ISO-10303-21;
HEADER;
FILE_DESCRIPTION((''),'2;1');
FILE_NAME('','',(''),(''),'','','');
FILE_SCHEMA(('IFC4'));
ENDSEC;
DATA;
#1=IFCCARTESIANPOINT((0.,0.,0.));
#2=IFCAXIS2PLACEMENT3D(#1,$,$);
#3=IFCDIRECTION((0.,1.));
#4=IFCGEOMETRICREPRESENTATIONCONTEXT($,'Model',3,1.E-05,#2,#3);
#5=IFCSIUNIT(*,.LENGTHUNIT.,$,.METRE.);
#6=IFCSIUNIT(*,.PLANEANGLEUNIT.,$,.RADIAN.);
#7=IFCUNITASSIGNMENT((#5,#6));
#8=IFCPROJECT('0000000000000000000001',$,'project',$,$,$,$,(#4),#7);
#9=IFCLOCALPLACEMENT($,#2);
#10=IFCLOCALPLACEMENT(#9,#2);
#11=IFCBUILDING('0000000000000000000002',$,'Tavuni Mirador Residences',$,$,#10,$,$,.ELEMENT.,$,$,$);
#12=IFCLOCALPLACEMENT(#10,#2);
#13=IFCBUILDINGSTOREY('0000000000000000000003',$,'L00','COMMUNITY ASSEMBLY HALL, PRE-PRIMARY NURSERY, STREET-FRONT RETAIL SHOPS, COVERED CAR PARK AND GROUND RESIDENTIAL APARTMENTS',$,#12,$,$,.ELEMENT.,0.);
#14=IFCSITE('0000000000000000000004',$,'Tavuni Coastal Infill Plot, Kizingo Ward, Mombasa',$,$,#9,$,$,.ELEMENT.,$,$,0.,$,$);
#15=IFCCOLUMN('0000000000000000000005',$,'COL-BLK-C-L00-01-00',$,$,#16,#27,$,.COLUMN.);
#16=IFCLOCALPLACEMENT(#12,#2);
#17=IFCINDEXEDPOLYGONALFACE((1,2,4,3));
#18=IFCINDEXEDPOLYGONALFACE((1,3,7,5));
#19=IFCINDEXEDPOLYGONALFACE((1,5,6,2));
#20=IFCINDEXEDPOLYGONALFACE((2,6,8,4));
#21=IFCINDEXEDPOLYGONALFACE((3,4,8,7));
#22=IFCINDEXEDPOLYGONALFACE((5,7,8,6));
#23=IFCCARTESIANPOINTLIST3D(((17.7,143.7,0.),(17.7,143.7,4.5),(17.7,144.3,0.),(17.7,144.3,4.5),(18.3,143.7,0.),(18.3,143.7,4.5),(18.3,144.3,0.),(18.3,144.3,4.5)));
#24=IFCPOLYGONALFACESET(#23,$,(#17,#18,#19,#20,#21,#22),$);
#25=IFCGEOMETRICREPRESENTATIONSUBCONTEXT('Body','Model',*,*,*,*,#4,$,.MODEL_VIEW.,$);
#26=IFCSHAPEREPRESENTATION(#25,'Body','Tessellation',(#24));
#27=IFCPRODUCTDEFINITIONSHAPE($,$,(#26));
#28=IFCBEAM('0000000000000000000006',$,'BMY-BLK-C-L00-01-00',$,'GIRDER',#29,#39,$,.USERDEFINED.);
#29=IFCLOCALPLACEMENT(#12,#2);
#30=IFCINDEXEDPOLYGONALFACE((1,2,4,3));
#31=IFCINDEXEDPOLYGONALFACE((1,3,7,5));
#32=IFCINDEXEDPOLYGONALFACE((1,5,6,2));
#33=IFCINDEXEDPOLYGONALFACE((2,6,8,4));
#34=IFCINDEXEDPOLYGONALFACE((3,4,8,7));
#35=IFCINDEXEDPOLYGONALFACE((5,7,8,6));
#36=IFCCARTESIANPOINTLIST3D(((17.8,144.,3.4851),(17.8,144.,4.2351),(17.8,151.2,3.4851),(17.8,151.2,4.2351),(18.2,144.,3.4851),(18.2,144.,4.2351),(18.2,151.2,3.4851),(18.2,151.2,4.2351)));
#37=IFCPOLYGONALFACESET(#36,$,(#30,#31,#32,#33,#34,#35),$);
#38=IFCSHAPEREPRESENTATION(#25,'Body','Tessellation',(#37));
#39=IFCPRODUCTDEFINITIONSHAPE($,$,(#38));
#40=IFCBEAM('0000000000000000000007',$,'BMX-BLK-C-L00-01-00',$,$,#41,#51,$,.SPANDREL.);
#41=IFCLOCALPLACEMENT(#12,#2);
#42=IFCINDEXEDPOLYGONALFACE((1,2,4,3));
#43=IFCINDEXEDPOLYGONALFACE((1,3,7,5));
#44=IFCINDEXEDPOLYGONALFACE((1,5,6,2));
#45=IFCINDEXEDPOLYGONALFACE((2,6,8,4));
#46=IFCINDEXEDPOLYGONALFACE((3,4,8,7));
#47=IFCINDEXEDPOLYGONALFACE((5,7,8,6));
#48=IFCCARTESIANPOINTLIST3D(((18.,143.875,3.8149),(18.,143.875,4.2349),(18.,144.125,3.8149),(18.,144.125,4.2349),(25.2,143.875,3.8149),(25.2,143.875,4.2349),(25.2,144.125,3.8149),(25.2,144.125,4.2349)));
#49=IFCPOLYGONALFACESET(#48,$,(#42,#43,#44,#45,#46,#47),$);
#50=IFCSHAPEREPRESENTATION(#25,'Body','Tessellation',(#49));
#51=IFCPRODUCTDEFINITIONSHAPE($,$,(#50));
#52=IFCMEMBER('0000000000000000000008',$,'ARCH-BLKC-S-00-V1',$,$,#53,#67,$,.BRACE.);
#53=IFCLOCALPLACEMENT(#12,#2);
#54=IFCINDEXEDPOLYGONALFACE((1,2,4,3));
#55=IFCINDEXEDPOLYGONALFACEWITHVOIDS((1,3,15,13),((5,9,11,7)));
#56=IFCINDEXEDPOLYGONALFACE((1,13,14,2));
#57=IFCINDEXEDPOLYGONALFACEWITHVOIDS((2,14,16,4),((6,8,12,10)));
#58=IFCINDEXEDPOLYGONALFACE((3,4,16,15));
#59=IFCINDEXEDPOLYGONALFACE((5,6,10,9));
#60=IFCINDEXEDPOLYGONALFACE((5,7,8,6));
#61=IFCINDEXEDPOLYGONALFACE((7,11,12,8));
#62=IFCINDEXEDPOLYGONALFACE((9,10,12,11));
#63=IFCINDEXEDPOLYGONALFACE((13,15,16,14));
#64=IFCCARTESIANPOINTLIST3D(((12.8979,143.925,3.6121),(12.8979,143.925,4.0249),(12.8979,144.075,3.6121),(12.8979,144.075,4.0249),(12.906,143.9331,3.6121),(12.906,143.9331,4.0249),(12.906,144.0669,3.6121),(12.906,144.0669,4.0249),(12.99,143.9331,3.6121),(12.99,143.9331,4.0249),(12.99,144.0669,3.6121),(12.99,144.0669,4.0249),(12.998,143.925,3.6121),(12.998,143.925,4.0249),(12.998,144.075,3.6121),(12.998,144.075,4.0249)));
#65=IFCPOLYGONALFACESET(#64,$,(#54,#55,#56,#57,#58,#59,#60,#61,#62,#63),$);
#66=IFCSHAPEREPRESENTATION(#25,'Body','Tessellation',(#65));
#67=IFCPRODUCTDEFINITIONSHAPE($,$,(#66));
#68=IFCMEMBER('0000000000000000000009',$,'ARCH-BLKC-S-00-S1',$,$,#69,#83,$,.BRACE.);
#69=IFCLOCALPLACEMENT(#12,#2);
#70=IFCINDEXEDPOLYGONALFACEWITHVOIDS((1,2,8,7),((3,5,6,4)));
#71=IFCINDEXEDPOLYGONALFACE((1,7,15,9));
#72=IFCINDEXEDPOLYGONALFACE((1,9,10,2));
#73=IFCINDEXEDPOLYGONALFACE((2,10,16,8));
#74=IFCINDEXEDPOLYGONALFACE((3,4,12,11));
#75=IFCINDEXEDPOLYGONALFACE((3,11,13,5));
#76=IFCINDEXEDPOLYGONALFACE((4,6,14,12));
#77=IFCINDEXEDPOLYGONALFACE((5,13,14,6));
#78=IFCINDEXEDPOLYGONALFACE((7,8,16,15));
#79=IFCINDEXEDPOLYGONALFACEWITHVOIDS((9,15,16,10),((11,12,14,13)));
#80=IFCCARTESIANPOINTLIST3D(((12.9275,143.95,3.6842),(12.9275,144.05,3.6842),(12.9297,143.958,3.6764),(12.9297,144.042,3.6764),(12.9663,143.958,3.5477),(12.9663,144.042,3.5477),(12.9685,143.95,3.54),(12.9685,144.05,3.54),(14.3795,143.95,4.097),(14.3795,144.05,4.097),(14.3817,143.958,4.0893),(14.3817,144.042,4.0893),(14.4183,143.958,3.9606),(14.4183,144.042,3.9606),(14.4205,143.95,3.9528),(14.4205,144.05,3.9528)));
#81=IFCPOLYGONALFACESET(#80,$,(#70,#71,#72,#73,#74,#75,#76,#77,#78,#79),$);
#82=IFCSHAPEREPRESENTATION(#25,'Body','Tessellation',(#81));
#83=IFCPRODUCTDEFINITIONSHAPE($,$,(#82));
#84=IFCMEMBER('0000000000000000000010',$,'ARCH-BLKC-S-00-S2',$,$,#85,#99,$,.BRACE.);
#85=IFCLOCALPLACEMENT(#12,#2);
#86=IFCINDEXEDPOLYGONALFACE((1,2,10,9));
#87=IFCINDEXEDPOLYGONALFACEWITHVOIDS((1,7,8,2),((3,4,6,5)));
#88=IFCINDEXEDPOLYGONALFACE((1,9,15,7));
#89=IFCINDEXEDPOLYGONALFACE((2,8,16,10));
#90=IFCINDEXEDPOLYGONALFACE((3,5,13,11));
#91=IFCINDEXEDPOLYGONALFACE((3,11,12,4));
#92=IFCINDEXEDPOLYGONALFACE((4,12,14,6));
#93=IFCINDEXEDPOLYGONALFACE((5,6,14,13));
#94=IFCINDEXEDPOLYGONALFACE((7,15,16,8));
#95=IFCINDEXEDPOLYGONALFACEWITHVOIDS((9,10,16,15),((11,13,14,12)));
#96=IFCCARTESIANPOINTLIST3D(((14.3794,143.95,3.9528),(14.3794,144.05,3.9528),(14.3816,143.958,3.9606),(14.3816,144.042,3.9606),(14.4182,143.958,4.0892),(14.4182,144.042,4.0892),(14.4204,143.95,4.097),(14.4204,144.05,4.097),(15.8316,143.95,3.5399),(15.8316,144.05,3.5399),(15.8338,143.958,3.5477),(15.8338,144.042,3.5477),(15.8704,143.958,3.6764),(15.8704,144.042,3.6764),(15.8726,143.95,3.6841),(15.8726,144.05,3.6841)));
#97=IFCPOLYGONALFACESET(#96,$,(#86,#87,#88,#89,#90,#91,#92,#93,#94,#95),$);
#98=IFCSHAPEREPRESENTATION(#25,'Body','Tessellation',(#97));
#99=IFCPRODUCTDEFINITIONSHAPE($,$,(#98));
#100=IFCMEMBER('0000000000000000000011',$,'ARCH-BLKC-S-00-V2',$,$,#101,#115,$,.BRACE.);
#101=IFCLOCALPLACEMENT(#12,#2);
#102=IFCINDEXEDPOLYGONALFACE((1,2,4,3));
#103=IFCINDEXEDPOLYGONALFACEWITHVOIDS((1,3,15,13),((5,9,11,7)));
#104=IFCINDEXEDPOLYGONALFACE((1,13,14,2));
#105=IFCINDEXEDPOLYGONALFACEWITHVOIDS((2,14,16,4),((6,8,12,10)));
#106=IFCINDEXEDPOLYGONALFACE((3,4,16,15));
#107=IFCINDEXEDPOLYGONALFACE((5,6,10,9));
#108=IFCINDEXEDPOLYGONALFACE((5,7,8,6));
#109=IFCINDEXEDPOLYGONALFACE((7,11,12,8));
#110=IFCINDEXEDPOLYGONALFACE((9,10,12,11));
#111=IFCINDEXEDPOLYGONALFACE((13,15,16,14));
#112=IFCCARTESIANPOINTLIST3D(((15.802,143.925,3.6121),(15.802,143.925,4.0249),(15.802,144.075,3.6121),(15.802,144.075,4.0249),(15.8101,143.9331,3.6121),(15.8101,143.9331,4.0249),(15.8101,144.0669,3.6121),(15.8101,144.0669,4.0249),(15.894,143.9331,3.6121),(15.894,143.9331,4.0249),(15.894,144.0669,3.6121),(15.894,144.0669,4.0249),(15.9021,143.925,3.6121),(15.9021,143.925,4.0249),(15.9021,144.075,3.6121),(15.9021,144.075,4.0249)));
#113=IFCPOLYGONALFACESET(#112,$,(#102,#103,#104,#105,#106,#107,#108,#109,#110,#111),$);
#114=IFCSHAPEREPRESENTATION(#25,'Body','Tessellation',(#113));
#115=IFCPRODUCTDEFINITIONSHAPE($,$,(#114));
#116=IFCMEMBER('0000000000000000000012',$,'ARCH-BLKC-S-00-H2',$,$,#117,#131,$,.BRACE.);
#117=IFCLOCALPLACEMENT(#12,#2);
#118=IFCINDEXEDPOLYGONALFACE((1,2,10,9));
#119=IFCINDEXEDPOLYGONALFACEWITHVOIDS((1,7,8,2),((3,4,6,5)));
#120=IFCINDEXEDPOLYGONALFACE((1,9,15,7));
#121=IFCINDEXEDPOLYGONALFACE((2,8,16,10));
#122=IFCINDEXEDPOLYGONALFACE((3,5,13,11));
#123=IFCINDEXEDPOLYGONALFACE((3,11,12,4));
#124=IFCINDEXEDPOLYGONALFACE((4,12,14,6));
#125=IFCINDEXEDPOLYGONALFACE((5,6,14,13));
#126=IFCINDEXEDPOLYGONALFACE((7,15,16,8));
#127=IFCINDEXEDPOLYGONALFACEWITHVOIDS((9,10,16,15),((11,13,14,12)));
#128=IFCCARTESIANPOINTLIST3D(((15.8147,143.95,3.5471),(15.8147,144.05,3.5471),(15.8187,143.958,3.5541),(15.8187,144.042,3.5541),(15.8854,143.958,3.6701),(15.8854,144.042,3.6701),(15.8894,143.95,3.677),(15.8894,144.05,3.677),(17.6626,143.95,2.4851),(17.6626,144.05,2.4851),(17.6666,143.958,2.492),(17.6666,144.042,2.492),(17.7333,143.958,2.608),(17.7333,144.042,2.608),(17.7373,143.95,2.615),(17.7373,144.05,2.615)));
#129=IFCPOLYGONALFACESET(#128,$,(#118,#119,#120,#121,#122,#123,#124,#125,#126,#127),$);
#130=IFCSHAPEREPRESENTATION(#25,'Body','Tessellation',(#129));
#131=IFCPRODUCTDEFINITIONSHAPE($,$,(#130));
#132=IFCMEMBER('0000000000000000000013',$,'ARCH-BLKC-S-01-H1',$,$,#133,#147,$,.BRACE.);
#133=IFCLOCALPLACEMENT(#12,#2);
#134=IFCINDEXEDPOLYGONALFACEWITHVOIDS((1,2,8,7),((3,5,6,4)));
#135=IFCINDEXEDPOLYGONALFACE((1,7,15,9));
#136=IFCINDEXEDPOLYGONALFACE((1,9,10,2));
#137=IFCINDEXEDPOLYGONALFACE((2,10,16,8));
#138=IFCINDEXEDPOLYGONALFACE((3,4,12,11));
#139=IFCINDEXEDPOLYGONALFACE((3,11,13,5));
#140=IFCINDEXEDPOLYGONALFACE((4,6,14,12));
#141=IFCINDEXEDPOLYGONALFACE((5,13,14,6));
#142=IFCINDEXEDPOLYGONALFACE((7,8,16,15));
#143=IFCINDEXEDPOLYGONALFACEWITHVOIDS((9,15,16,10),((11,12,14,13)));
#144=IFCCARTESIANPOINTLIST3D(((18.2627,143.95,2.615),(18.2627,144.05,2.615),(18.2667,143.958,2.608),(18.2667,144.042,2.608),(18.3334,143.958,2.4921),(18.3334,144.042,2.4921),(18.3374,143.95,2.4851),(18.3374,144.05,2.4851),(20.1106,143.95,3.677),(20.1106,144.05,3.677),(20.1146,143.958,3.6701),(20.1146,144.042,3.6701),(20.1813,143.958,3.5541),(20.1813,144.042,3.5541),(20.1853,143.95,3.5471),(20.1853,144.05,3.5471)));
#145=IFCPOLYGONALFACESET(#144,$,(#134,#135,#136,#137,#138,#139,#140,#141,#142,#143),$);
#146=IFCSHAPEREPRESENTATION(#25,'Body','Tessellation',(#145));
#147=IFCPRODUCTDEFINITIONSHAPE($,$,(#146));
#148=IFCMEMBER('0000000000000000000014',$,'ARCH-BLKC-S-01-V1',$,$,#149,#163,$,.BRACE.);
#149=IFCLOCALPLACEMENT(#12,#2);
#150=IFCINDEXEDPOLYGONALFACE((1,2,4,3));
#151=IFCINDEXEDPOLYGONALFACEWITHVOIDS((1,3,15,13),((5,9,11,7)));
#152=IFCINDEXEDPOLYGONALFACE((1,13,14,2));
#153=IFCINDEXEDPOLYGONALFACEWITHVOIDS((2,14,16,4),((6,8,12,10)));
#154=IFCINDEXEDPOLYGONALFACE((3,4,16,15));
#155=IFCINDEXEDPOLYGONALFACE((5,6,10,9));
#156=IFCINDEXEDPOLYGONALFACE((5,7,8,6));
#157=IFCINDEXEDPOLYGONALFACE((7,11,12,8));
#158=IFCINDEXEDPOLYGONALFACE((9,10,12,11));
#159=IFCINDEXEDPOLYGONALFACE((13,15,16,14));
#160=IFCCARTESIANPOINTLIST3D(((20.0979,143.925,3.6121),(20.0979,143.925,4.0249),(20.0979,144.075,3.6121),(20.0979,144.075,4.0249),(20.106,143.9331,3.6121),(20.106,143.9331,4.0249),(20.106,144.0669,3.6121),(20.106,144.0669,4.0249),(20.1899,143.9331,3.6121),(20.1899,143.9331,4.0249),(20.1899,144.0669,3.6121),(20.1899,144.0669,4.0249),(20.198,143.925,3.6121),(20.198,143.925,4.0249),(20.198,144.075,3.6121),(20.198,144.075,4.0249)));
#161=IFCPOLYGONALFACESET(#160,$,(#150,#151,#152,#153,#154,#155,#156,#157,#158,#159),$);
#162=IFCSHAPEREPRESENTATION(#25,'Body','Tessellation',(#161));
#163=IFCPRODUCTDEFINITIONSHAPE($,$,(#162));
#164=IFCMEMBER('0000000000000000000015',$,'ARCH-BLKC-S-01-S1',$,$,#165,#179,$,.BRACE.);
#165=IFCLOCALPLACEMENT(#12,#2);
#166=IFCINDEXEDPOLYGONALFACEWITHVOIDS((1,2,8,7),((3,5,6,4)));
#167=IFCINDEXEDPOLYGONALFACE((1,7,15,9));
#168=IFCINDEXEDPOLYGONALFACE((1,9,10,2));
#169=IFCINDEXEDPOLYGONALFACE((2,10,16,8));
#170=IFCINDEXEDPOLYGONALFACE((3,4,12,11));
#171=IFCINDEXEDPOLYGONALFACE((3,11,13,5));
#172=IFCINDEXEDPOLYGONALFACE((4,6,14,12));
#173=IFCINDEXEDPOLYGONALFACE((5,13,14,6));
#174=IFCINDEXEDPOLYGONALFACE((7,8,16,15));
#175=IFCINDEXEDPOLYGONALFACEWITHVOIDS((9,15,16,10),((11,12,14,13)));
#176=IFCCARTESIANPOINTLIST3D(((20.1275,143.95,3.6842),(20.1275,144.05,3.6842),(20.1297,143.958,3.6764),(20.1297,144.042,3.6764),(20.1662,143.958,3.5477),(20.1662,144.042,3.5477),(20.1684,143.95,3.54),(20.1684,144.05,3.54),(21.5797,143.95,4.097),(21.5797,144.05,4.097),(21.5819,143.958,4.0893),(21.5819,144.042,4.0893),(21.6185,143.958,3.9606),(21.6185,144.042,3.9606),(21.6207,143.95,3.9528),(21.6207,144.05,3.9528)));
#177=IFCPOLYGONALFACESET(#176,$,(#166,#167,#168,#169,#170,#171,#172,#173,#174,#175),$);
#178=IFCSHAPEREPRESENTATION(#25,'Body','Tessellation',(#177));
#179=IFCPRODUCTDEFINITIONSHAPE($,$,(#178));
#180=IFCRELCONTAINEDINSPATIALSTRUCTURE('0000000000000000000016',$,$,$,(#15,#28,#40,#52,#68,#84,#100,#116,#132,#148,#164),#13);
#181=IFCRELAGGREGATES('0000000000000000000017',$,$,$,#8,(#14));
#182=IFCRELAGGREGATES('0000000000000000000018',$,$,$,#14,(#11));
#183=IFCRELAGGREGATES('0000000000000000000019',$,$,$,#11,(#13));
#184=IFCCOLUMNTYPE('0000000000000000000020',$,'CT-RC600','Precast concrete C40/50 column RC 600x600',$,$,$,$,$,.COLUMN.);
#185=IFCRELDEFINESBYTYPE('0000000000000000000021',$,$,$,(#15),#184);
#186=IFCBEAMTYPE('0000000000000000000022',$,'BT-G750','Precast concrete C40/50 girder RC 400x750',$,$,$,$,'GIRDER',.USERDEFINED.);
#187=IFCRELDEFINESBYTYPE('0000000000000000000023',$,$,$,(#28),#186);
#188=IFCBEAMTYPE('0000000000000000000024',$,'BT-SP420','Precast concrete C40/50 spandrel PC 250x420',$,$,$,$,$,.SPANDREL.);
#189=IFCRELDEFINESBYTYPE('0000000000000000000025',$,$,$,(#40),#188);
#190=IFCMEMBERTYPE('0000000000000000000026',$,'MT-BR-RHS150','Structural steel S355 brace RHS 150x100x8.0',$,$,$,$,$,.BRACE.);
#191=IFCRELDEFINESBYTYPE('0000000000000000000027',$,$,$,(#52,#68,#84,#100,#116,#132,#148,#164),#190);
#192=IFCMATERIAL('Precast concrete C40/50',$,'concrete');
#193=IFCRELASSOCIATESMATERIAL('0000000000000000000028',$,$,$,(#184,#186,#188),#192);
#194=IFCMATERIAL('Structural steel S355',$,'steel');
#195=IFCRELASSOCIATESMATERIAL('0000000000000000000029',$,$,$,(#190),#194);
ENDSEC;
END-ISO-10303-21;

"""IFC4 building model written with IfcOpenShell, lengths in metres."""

from ifc_helpers import new_model, si_unit, direction, frame, origin, origin_2d, place, context, subcontext, project, spatial, rectangle, hollow_rectangle, extrude, material, material_profile, profile_set, type_object, element, save


model = new_model("IFC4")

# Units and contexts
model_context = context("Model", 3, precision=1e-05, world=origin(), true_north=direction((0.0, 1.0)))
body_context = subcontext(model_context, "Body", "Model", "MODEL_VIEW")
ifc_project = project(units=[si_unit("LENGTHUNIT", "METRE"), si_unit("PLANEANGLEUNIT", "RADIAN")], contexts=[model_context])

# Site, building, storey
site_placement = place(None, origin())
site = spatial("IfcSite", under=ifc_project, at=site_placement, Name="Tavuni Coastal Infill Plot, Kizingo Ward, Mombasa", CompositionType="ELEMENT", RefElevation=0.0)
building_placement = place(site_placement, origin())
building = spatial("IfcBuilding", under=site, at=building_placement, Name="Tavuni Mirador Residences", CompositionType="ELEMENT")
storey_placement = place(building_placement, origin())
storey = spatial("IfcBuildingStorey", under=building, at=storey_placement, Name="L00", Description="COMMUNITY ASSEMBLY HALL, PRE-PRIMARY NURSERY, STREET-FRONT RETAIL SHOPS, COVERED CAR PARK AND GROUND RESIDENTIAL APARTMENTS", CompositionType="ELEMENT", Elevation=0.0)

# Column
ifc_material_1 = material(Name="Precast concrete C40/50", Category="concrete")
ifc_material_profile_1 = material_profile(ifc_material_1, rectangle(XDim=0.6001, YDim=0.6001, at=origin_2d()), Name="RC 600x600", Category="concrete")
ifc_profile_set_1 = profile_set([ifc_material_profile_1], Name="Precast concrete C40/50")
column_type = type_object("IfcColumnType", Name="CT-RC600", Description="Precast concrete C40/50 column RC 600x600", PredefinedType="COLUMN", material=ifc_profile_set_1)
column_placement = place(storey_placement, frame((18.0, 144.0, 0.0), z_axis=(0.0, 0.0, 1.0), x_axis=(1.0, 0.0, 0.0)))
element("IfcColumn", 1, at=column_placement, inside=storey, type_object=column_type, Name="COL-BLK-C-L00-01-00", PredefinedType="COLUMN", context=body_context, shape_type="SweptSolid", body=[
    extrude(rectangle(XDim=0.6001, YDim=0.6001, at=origin_2d()), origin(), (0.0, 0.0, 1.0), 4.5),
])

# Beams
ifc_material_profile_2 = material_profile(ifc_material_1, rectangle(XDim=0.3999, YDim=0.75, at=origin_2d()), Name="RC 400x750", Category="concrete")
ifc_profile_set_2 = profile_set([ifc_material_profile_2], Name="Precast concrete C40/50")
beam_type_1 = type_object("IfcBeamType", Name="BT-G750", Description="Precast concrete C40/50 girder RC 400x750", ElementType="GIRDER", PredefinedType="USERDEFINED", material=ifc_profile_set_2)
beam_1_placement = place(storey_placement, frame((18.0, 144.0, 3.8601), z_axis=(0.0, 1.0, 0.0), x_axis=(-1.0, 0.0, 0.0)))
element("IfcBeam", 2, at=beam_1_placement, inside=storey, type_object=beam_type_1, Name="BMY-BLK-C-L00-01-00", ObjectType="GIRDER", PredefinedType="USERDEFINED", context=body_context, shape_type="SweptSolid", body=[
    extrude(rectangle(XDim=0.3999, YDim=0.75, at=origin_2d()), origin(), (0.0, 0.0, 1.0), 7.2),
])
ifc_material_profile_3 = material_profile(ifc_material_1, rectangle(XDim=0.25, YDim=0.4199, at=origin_2d()), Name="PC 250x420", Category="concrete")
ifc_profile_set_3 = profile_set([ifc_material_profile_3], Name="Precast concrete C40/50")
beam_type_2 = type_object("IfcBeamType", Name="BT-SP420", Description="Precast concrete C40/50 spandrel PC 250x420", PredefinedType="SPANDREL", material=ifc_profile_set_3)
beam_2_placement = place(storey_placement, frame((18.0, 144.0, 4.0249), z_axis=(1.0, 0.0, 0.0), x_axis=(0.0, 1.0, 0.0)))
element("IfcBeam", 3, at=beam_2_placement, inside=storey, type_object=beam_type_2, Name="BMX-BLK-C-L00-01-00", PredefinedType="SPANDREL", context=body_context, shape_type="SweptSolid", body=[
    extrude(rectangle(XDim=0.25, YDim=0.4199, at=origin_2d()), origin(), (0.0, 0.0, 1.0), 7.2),
])

# Members
ifc_material_2 = material(Name="Structural steel S355", Category="steel")
ifc_material_profile_4 = material_profile(ifc_material_2, hollow_rectangle(XDim=0.1001, YDim=0.1499, WallThickness=0.0081, at=origin_2d()), Name="RHS 150x100x8.0", Category="steel")
ifc_profile_set_4 = profile_set([ifc_material_profile_4], Name="Structural steel S355")
member_type = type_object("IfcMemberType", Name="MT-BR-RHS150", Description="Structural steel S355 brace RHS 150x100x8.0", PredefinedType="BRACE", material=ifc_profile_set_4)
member_1_placement = place(storey_placement, frame((12.948, 144.0, 3.6121), z_axis=(0.0, 0.0, 1.0), x_axis=(1.0, 0.0, 0.0)))
element("IfcMember", 4, at=member_1_placement, inside=storey, type_object=member_type, Name="ARCH-BLKC-S-00-V1", PredefinedType="BRACE", context=body_context, shape_type="SweptSolid", body=[
    extrude(hollow_rectangle(XDim=0.1001, YDim=0.1499, WallThickness=0.0081, at=origin_2d()), origin(), (0.0, 0.0, 1.0), 0.4128),
])
member_2_placement = place(storey_placement, frame((12.948, 144.0, 3.6121), z_axis=(0.961871, 0.0, 0.273503), x_axis=(0.0, 1.0, 0.0)))
element("IfcMember", 5, at=member_2_placement, inside=storey, type_object=member_type, Name="ARCH-BLKC-S-00-S1", PredefinedType="BRACE", context=body_context, shape_type="SweptSolid", body=[
    extrude(hollow_rectangle(XDim=0.1001, YDim=0.1499, WallThickness=0.0081, at=origin_2d()), origin(), (0.0, 0.0, 1.0), 1.5095),
])
member_3_placement = place(storey_placement, frame((14.3999, 144.0, 4.0249), z_axis=(0.961883, 0.0, -0.273461), x_axis=(0.0, 1.0, 0.0)))
element("IfcMember", 6, at=member_3_placement, inside=storey, type_object=member_type, Name="ARCH-BLKC-S-00-S2", PredefinedType="BRACE", context=body_context, shape_type="SweptSolid", body=[
    extrude(hollow_rectangle(XDim=0.1001, YDim=0.1499, WallThickness=0.0081, at=origin_2d()), origin(), (0.0, 0.0, 1.0), 1.5098),
])
member_4_placement = place(storey_placement, frame((15.8521, 144.0, 3.6121), z_axis=(0.0, 0.0, 1.0), x_axis=(1.0, 0.0, 0.0)))
element("IfcMember", 7, at=member_4_placement, inside=storey, type_object=member_type, Name="ARCH-BLKC-S-00-V2", PredefinedType="BRACE", context=body_context, shape_type="SweptSolid", body=[
    extrude(hollow_rectangle(XDim=0.1001, YDim=0.1499, WallThickness=0.0081, at=origin_2d()), origin(), (0.0, 0.0, 1.0), 0.4128),
])
for number, where, z_axis, x_axis, name in (
    (8, (15.8521, 144.0, 3.6121), (0.867014, 0.0, -0.498284), (0.0, 1.0, 0.0), "ARCH-BLKC-S-00-H2"),
    (9, (18.3, 144.0, 2.55), (0.867014, 0.0, 0.498284), (0.0, 1.0, 0.0), "ARCH-BLKC-S-01-H1"),
):
    element("IfcMember", number, at=place(storey_placement, frame(where, z_axis=z_axis, x_axis=x_axis)), inside=storey, type_object=member_type, Name=name, PredefinedType="BRACE", context=body_context, shape_type="SweptSolid", body=[
        extrude(hollow_rectangle(XDim=0.1001, YDim=0.1499, WallThickness=0.0081, at=origin_2d()), origin(), (0.0, 0.0, 1.0), 2.1313),
    ])
member_5_placement = place(storey_placement, frame((20.1479, 144.0, 3.6121), z_axis=(0.0, 0.0, 1.0), x_axis=(1.0, 0.0, 0.0)))
element("IfcMember", 10, at=member_5_placement, inside=storey, type_object=member_type, Name="ARCH-BLKC-S-01-V1", PredefinedType="BRACE", context=body_context, shape_type="SweptSolid", body=[
    extrude(hollow_rectangle(XDim=0.1001, YDim=0.1499, WallThickness=0.0081, at=origin_2d()), origin(), (0.0, 0.0, 1.0), 0.4128),
])
member_6_placement = place(storey_placement, frame((20.1479, 144.0, 3.6121), z_axis=(0.961883, 0.0, 0.273461), x_axis=(0.0, 1.0, 0.0)))
element("IfcMember", 11, at=member_6_placement, inside=storey, type_object=member_type, Name="ARCH-BLKC-S-01-S1", PredefinedType="BRACE", context=body_context, shape_type="SweptSolid", body=[
    extrude(hollow_rectangle(XDim=0.1001, YDim=0.1499, WallThickness=0.0081, at=origin_2d()), origin(), (0.0, 0.0, 1.0), 1.5098),
])

save(model, "model.ifc")
